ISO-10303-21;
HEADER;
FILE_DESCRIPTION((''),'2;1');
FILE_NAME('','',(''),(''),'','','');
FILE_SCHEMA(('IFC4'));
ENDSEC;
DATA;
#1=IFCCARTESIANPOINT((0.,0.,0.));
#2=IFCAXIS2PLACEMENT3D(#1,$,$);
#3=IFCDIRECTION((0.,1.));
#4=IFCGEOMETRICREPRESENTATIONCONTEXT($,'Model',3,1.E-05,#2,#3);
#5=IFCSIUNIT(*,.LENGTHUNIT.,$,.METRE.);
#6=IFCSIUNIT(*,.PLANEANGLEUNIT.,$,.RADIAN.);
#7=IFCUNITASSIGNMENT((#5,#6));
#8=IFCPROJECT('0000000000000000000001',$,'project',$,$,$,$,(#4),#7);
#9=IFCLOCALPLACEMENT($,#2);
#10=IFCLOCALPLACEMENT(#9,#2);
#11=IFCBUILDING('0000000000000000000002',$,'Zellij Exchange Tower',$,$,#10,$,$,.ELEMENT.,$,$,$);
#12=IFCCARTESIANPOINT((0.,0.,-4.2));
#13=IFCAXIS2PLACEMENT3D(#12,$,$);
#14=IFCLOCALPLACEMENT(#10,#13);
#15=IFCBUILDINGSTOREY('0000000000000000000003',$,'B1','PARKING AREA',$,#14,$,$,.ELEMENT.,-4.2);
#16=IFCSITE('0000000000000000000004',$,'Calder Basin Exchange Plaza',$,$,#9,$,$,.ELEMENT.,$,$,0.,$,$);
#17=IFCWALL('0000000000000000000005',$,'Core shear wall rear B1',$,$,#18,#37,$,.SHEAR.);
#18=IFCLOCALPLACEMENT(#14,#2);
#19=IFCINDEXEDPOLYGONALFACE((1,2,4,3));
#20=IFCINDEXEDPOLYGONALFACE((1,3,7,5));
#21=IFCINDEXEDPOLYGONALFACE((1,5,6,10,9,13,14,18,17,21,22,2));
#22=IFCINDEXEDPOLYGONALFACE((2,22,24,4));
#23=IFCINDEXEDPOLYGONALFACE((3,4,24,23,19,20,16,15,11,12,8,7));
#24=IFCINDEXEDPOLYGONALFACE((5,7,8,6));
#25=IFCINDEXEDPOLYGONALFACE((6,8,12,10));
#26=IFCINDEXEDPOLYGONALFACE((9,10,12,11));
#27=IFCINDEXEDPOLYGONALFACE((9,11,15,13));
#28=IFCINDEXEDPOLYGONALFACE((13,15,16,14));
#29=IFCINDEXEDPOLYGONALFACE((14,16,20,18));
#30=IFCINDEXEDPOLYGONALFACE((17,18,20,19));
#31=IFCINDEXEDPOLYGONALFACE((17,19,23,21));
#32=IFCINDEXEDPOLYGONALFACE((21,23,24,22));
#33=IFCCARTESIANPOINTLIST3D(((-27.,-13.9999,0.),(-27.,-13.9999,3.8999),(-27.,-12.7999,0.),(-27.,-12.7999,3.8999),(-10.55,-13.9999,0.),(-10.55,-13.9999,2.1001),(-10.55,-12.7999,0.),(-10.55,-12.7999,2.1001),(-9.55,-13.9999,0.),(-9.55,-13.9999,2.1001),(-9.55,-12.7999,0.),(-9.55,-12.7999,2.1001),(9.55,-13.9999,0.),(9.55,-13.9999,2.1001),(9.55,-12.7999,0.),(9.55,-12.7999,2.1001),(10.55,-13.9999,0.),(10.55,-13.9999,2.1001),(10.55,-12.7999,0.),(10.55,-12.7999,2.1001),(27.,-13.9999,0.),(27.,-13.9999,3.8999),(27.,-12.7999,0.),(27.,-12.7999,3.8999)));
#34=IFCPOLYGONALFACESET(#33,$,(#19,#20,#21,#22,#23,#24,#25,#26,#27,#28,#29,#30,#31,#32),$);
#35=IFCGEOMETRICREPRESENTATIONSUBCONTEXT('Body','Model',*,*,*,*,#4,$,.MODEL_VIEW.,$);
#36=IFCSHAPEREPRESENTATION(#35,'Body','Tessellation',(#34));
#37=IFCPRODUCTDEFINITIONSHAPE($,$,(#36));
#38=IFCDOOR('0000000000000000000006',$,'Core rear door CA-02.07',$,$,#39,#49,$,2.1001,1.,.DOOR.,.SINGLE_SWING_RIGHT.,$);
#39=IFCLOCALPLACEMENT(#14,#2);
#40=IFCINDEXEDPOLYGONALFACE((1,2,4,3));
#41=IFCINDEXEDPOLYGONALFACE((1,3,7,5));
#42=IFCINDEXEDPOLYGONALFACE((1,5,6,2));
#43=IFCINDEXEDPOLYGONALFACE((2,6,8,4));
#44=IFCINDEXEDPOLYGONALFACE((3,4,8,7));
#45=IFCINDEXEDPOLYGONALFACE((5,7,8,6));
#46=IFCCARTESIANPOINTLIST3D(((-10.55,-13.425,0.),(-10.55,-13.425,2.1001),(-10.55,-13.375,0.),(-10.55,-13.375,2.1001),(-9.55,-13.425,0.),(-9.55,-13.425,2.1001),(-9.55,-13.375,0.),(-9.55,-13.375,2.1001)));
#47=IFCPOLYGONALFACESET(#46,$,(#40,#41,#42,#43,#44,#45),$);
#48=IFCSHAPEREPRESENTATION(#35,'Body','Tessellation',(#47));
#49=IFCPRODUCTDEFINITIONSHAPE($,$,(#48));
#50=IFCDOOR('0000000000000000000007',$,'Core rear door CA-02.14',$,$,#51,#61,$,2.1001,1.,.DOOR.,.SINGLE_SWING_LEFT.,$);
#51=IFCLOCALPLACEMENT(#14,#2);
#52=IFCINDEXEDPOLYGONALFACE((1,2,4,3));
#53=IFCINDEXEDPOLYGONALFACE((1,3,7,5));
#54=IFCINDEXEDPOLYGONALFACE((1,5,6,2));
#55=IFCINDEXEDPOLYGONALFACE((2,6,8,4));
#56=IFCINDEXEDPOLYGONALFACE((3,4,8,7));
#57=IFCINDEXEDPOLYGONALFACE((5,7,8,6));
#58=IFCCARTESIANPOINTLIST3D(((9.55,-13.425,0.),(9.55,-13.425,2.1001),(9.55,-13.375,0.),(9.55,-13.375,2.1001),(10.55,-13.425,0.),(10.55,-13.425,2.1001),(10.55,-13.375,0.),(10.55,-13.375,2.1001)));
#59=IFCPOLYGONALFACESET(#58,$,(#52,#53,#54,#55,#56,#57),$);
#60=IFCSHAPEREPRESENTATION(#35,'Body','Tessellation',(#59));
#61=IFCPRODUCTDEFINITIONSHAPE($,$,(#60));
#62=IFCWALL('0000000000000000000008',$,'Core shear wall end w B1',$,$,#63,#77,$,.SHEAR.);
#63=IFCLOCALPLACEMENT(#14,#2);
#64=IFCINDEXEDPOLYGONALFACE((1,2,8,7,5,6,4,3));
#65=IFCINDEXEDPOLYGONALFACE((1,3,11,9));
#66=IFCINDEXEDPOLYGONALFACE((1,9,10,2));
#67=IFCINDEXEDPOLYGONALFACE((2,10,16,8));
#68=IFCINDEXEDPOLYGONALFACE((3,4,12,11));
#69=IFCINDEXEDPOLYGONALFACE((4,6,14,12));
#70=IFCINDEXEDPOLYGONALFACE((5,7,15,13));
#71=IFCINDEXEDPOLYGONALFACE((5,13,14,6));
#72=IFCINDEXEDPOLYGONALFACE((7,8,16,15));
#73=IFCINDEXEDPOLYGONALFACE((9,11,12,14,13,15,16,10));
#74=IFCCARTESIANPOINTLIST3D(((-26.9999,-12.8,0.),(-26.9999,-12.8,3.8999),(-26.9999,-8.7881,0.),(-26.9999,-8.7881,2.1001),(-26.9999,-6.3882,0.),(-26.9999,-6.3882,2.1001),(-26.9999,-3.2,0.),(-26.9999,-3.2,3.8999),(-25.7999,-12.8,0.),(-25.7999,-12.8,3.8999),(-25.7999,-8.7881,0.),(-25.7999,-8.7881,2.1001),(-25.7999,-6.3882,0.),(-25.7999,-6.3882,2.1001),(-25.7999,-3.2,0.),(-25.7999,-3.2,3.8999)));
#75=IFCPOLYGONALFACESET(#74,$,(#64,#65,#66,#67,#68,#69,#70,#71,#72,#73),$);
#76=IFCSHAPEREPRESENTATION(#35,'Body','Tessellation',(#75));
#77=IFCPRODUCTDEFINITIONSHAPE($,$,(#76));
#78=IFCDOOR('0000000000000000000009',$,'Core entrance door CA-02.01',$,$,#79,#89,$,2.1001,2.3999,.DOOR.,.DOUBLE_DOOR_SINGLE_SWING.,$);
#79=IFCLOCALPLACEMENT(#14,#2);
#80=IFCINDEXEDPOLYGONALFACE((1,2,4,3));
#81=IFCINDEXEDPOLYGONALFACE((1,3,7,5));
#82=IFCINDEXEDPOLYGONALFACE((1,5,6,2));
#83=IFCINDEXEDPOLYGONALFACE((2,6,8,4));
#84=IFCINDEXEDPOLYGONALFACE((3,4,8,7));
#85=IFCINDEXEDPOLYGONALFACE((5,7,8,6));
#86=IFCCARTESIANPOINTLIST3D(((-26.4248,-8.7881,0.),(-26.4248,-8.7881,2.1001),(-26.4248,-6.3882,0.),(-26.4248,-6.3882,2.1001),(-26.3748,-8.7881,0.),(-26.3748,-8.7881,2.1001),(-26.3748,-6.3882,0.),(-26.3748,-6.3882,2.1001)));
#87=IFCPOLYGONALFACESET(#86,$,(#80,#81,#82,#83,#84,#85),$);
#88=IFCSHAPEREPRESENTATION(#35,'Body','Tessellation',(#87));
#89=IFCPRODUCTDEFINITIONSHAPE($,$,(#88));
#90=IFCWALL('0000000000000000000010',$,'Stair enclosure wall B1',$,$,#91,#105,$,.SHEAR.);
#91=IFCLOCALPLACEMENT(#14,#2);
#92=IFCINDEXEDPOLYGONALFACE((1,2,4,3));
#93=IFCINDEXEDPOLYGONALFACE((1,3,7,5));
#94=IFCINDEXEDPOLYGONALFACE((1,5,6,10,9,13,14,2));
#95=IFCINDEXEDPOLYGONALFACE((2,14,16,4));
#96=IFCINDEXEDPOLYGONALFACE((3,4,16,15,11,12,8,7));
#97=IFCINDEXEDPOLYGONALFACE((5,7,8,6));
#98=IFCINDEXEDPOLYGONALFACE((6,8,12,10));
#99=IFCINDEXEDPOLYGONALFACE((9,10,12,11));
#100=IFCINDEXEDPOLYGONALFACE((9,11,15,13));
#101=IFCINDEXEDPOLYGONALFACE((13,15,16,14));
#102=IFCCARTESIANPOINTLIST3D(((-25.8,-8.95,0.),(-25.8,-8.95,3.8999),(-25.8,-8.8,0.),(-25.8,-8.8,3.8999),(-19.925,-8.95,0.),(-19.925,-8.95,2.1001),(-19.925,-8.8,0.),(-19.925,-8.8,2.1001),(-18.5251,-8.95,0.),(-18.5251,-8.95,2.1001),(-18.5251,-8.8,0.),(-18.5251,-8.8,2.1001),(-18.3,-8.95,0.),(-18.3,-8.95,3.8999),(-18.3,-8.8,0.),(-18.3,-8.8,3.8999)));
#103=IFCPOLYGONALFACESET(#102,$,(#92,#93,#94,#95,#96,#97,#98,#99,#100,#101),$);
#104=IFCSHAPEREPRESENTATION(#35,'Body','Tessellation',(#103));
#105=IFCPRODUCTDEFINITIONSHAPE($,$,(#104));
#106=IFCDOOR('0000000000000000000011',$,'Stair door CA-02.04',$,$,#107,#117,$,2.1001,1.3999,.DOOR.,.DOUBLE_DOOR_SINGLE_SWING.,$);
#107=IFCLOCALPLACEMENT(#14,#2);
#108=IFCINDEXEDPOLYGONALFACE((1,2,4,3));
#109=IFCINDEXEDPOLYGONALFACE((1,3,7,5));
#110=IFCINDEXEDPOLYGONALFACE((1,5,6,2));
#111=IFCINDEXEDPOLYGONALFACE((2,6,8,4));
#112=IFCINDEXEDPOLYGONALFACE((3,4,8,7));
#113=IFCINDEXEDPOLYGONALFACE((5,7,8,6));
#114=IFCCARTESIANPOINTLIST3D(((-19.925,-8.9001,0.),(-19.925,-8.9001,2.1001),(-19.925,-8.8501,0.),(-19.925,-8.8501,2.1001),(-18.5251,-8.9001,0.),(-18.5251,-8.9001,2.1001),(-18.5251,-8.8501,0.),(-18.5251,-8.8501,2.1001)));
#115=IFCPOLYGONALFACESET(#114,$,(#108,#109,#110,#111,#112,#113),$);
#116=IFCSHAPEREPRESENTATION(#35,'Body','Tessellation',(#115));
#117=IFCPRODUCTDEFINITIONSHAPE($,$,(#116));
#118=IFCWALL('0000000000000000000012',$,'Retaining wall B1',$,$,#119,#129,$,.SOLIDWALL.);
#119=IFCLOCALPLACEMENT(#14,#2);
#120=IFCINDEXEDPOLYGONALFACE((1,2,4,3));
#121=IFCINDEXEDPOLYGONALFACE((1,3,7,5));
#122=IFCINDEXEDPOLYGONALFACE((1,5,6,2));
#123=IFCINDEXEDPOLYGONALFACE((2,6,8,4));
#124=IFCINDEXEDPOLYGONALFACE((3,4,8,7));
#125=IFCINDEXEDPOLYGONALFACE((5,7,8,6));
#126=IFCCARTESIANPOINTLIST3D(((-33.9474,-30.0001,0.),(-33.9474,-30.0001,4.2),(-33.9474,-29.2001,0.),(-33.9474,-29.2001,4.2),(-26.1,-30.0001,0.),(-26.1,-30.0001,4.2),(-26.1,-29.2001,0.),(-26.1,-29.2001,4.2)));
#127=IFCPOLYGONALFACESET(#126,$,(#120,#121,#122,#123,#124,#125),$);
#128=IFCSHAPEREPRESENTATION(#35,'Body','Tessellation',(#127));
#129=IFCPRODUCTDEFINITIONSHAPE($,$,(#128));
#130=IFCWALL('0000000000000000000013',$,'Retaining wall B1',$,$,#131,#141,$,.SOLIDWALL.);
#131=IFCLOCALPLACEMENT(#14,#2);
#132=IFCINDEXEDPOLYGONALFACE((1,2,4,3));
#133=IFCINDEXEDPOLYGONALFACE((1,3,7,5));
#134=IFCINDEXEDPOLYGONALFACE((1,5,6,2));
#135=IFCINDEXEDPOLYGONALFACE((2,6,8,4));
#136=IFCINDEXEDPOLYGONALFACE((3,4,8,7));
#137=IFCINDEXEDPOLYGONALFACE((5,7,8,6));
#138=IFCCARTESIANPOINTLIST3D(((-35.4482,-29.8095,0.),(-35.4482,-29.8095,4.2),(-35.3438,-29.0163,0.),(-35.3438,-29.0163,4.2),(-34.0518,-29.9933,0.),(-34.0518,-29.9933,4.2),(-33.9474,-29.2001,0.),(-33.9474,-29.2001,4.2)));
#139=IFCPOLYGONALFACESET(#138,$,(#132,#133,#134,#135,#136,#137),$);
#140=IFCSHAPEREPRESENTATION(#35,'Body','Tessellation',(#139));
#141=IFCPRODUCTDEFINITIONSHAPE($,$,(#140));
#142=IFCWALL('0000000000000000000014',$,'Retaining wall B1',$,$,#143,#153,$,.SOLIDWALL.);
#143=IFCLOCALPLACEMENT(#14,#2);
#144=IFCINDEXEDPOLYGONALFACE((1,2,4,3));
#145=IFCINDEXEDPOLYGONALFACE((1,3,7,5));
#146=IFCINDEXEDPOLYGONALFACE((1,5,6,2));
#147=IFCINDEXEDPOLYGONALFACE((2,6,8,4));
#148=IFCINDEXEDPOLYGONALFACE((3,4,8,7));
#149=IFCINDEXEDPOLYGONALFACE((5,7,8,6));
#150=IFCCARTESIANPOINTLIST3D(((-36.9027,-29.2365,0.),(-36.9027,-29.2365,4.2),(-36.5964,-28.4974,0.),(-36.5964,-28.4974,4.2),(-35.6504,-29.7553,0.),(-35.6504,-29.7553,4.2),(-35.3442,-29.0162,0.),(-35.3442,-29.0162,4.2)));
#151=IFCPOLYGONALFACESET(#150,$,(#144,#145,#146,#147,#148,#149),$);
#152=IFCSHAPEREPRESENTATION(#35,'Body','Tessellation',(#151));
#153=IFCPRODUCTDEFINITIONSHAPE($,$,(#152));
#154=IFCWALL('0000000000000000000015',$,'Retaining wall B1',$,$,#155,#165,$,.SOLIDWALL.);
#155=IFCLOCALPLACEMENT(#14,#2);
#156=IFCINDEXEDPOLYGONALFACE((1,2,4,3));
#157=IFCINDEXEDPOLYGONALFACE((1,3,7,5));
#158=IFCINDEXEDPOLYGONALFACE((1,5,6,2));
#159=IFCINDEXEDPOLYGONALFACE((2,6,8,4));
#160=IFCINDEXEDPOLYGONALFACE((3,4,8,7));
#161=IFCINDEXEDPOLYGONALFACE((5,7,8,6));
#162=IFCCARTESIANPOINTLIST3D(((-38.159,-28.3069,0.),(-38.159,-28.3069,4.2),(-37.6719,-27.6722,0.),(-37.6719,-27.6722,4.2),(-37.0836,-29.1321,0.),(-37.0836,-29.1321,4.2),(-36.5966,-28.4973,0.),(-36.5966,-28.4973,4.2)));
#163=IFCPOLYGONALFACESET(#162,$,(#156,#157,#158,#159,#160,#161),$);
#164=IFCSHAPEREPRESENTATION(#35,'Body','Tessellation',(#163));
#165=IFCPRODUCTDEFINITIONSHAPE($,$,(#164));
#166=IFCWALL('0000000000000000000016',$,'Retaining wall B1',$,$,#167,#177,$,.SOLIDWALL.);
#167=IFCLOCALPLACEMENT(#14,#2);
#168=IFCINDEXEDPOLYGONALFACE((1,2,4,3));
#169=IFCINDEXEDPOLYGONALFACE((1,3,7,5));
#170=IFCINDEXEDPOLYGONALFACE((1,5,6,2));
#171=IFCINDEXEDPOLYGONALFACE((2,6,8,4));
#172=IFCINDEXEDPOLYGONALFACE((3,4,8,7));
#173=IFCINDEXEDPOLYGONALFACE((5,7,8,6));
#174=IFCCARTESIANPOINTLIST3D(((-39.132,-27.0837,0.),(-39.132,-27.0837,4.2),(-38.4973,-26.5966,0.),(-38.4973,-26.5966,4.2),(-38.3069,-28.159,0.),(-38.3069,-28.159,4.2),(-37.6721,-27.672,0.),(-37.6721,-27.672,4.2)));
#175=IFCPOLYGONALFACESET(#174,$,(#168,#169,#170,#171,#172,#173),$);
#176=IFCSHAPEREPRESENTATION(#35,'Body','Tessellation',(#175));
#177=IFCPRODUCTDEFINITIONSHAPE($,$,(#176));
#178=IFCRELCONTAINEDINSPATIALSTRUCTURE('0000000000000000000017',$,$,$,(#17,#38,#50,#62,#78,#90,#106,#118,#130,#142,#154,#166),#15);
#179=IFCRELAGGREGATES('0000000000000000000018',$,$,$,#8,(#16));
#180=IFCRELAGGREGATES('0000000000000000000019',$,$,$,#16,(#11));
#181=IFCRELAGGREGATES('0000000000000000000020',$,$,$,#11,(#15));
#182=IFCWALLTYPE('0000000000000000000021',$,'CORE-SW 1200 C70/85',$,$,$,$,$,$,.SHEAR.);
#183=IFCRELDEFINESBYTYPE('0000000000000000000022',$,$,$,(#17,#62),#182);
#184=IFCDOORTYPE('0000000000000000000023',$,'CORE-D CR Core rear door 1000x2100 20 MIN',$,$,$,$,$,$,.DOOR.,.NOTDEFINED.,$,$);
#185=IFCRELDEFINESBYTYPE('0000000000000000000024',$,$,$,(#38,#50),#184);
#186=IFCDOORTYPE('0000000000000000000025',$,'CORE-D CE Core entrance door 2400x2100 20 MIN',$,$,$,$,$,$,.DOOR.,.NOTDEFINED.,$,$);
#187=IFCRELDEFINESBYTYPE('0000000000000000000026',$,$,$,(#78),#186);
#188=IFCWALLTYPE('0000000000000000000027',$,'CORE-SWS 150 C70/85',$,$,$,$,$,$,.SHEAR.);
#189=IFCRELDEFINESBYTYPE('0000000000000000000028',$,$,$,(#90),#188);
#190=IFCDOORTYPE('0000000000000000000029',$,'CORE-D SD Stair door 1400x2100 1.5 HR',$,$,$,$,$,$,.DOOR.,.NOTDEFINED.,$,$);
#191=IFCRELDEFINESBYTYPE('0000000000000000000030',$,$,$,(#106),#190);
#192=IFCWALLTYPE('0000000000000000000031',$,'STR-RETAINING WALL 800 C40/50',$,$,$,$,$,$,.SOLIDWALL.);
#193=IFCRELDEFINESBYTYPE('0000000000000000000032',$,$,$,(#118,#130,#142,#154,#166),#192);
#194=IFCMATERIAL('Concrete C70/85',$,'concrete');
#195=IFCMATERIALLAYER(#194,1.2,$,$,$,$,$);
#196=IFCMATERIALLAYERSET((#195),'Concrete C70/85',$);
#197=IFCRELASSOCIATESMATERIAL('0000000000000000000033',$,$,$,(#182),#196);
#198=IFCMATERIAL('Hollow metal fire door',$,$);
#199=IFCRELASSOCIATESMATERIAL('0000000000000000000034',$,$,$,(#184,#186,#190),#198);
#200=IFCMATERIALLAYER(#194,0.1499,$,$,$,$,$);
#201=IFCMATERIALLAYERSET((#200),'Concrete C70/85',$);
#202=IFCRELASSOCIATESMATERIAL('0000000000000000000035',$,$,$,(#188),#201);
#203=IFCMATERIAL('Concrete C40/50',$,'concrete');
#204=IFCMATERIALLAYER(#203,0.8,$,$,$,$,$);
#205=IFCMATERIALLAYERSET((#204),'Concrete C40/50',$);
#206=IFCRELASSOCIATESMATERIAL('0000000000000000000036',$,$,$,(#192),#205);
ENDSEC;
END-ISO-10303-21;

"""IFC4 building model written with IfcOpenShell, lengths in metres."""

from ifc_helpers import new_model, si_unit, direction, frame, frame_2d, origin, place, context, subcontext, project, spatial, rectangle, extrude, material, layer, layer_set, type_object, element, fill, save


model = new_model("IFC4")

# Units and contexts
model_context = context("Model", 3, precision=1e-05, world=origin(), true_north=direction((0.0, 1.0)))
body_context = subcontext(model_context, "Body", "Model", "MODEL_VIEW")
ifc_project = project(units=[si_unit("LENGTHUNIT", "METRE"), si_unit("PLANEANGLEUNIT", "RADIAN")], contexts=[model_context])

# Site, building, storey
site_placement = place(None, origin())
site = spatial("IfcSite", under=ifc_project, at=site_placement, Name="Calder Basin Exchange Plaza", CompositionType="ELEMENT", RefElevation=0.0)
building_placement = place(site_placement, origin())
building = spatial("IfcBuilding", under=site, at=building_placement, Name="Zellij Exchange Tower", CompositionType="ELEMENT")
storey_placement = place(building_placement, frame((0.0, 0.0, -4.2)))
storey = spatial("IfcBuildingStorey", under=building, at=storey_placement, Name="B1", Description="PARKING AREA", CompositionType="ELEMENT", Elevation=-4.2)

# Shared definitions
ifc_material_1 = material(Name="Concrete C40/50", Category="concrete")

# Shared definitions
ifc_material_2 = material(Name="Concrete C70/85", Category="concrete")

# Wall, openings, doors
ifc_layer_1 = layer(ifc_material_2, 1.2)
ifc_layer_set_1 = layer_set([ifc_layer_1], Name="Concrete C70/85")
wall_type_1 = type_object("IfcWallType", Name="CORE-SW 1200 C70/85", PredefinedType="SHEAR", material=ifc_layer_set_1)
wall_1_placement = place(storey_placement, frame((-27.0, -13.3999, 0.0), z_axis=(0.0, 0.0, 1.0), x_axis=(1.0, 0.0, 0.0)))
wall_1 = element("IfcWall", 1, at=wall_1_placement, inside=storey, type_object=wall_type_1, Name="Core shear wall rear B1", PredefinedType="SHEAR", context=body_context, shape_type="SweptSolid", body=[
    extrude(rectangle(XDim=54.0, YDim=1.2, at=frame_2d((27.0, 0.0))), origin(), (0.0, 0.0, 1.0), 3.8999),
])
opening_1_placement = place(wall_1_placement, frame((16.45, 0.0, 0.0)))
opening_1 = element("IfcOpeningElement", 2, at=opening_1_placement, cuts=wall_1, PredefinedType="OPENING", context=body_context, shape_type="SweptSolid", body=[
    extrude(rectangle(XDim=1.0, YDim=2.1001, at=frame_2d((0.5, 1.05))), frame((0.0, 0.6118, 0.0), z_axis=(0.0, -1.0, 0.0), x_axis=(1.0, 0.0, 0.0)), (0.0, 0.0, 1.0), 1.2239),
])
opening_2_placement = place(wall_1_placement, frame((36.55, 0.0, 0.0)))
opening_2 = element("IfcOpeningElement", 3, at=opening_2_placement, cuts=wall_1, PredefinedType="OPENING", context=body_context, shape_type="SweptSolid", body=[
    extrude(rectangle(XDim=1.0, YDim=2.1001, at=frame_2d((0.5, 1.05))), frame((0.0, 0.6118, 0.0), z_axis=(0.0, -1.0, 0.0), x_axis=(1.0, 0.0, 0.0)), (0.0, 0.0, 1.0), 1.2239),
])
ifc_material_3 = material(Name="Hollow metal fire door")
door_type_1 = type_object("IfcDoorType", Name="CORE-D CR Core rear door 1000x2100 20 MIN", OperationType="NOTDEFINED", PredefinedType="DOOR", material=ifc_material_3)
door_1_placement = place(opening_1_placement, origin())
door_1 = element("IfcDoor", 4, at=door_1_placement, inside=storey, type_object=door_type_1, Name="Core rear door CA-02.07", OperationType="SINGLE_SWING_RIGHT", OverallHeight=2.1001, OverallWidth=1.0, PredefinedType="DOOR", context=body_context, shape_type="SweptSolid", body=[
    extrude(rectangle(XDim=1.0, YDim=2.1001, at=frame_2d((0.5, 1.05))), frame((0.0, 0.0249, 0.0), z_axis=(0.0, -1.0, 0.0), x_axis=(1.0, 0.0, 0.0)), (0.0, 0.0, 1.0), 0.05),
])
fill(opening_1, door_1)
door_2_placement = place(opening_2_placement, origin())
door_2 = element("IfcDoor", 5, at=door_2_placement, inside=storey, type_object=door_type_1, Name="Core rear door CA-02.14", OperationType="SINGLE_SWING_LEFT", OverallHeight=2.1001, OverallWidth=1.0, PredefinedType="DOOR", context=body_context, shape_type="SweptSolid", body=[
    extrude(rectangle(XDim=1.0, YDim=2.1001, at=frame_2d((0.5, 1.05))), frame((0.0, 0.0249, 0.0), z_axis=(0.0, -1.0, 0.0), x_axis=(1.0, 0.0, 0.0)), (0.0, 0.0, 1.0), 0.05),
])
fill(opening_2, door_2)

# Walls, openings, doors
wall_2_placement = place(storey_placement, frame((-26.3999, -12.8, 0.0), z_axis=(0.0, 0.0, 1.0), x_axis=(0.0, 1.0, 0.0)))
wall_2 = element("IfcWall", 6, at=wall_2_placement, inside=storey, type_object=wall_type_1, Name="Core shear wall end w B1", PredefinedType="SHEAR", context=body_context, shape_type="SweptSolid", body=[
    extrude(rectangle(XDim=9.6001, YDim=1.2, at=frame_2d((4.8, 0.0))), origin(), (0.0, 0.0, 1.0), 3.8999),
])
opening_3_placement = place(wall_2_placement, frame((4.012, 0.0, 0.0)))
opening_3 = element("IfcOpeningElement", 7, at=opening_3_placement, cuts=wall_2, PredefinedType="OPENING", context=body_context, shape_type="SweptSolid", body=[
    extrude(rectangle(XDim=2.3999, YDim=2.1001, at=frame_2d((1.2, 1.05))), frame((0.0, 0.6118, 0.0), z_axis=(0.0, -1.0, 0.0), x_axis=(1.0, 0.0, 0.0)), (0.0, 0.0, 1.0), 1.2239),
])
door_type_2 = type_object("IfcDoorType", Name="CORE-D CE Core entrance door 2400x2100 20 MIN", OperationType="NOTDEFINED", PredefinedType="DOOR", material=ifc_material_3)
door_3_placement = place(opening_3_placement, origin())
door_3 = element("IfcDoor", 8, at=door_3_placement, inside=storey, type_object=door_type_2, Name="Core entrance door CA-02.01", OperationType="DOUBLE_DOOR_SINGLE_SWING", OverallHeight=2.1001, OverallWidth=2.3999, PredefinedType="DOOR", context=body_context, shape_type="SweptSolid", body=[
    extrude(rectangle(XDim=2.3999, YDim=2.1001, at=frame_2d((1.2, 1.05))), frame((0.0, 0.0249, 0.0), z_axis=(0.0, -1.0, 0.0), x_axis=(1.0, 0.0, 0.0)), (0.0, 0.0, 1.0), 0.05),
])
fill(opening_3, door_3)
ifc_layer_2 = layer(ifc_material_2, 0.1499)
ifc_layer_set_2 = layer_set([ifc_layer_2], Name="Concrete C70/85")
wall_type_2 = type_object("IfcWallType", Name="CORE-SWS 150 C70/85", PredefinedType="SHEAR", material=ifc_layer_set_2)
wall_3_placement = place(storey_placement, frame((-25.8, -8.875, 0.0), z_axis=(0.0, 0.0, 1.0), x_axis=(1.0, 0.0, 0.0)))
wall_3 = element("IfcWall", 9, at=wall_3_placement, inside=storey, type_object=wall_type_2, Name="Stair enclosure wall B1", PredefinedType="SHEAR", context=body_context, shape_type="SweptSolid", body=[
    extrude(rectangle(XDim=7.5, YDim=0.1499, at=frame_2d((3.75, 0.0))), origin(), (0.0, 0.0, 1.0), 3.8999),
])
opening_4_placement = place(wall_3_placement, frame((5.875, 0.0, 0.0)))
opening_4 = element("IfcOpeningElement", 10, at=opening_4_placement, cuts=wall_3, PredefinedType="OPENING", context=body_context, shape_type="SweptSolid", body=[
    extrude(rectangle(XDim=1.3999, YDim=2.1001, at=frame_2d((0.7, 1.05))), frame((0.0, 0.0869, 0.0), z_axis=(0.0, -1.0, 0.0), x_axis=(1.0, 0.0, 0.0)), (0.0, 0.0, 1.0), 0.1738),
])
door_type_3 = type_object("IfcDoorType", Name="CORE-D SD Stair door 1400x2100 1.5 HR", OperationType="NOTDEFINED", PredefinedType="DOOR", material=ifc_material_3)
door_4_placement = place(opening_4_placement, origin())
door_4 = element("IfcDoor", 11, at=door_4_placement, inside=storey, type_object=door_type_3, Name="Stair door CA-02.04", OperationType="DOUBLE_DOOR_SINGLE_SWING", OverallHeight=2.1001, OverallWidth=1.3999, PredefinedType="DOOR", context=body_context, shape_type="SweptSolid", body=[
    extrude(rectangle(XDim=1.3999, YDim=2.1001, at=frame_2d((0.7, 1.05))), frame((0.0, 0.0249, 0.0), z_axis=(0.0, -1.0, 0.0), x_axis=(1.0, 0.0, 0.0)), (0.0, 0.0, 1.0), 0.05),
])
fill(opening_4, door_4)

# Walls
ifc_layer_3 = layer(ifc_material_1, 0.8)
ifc_layer_set_3 = layer_set([ifc_layer_3], Name="Concrete C40/50")
wall_type_3 = type_object("IfcWallType", Name="STR-RETAINING WALL 800 C40/50", PredefinedType="SOLIDWALL", material=ifc_layer_set_3)
wall_4_placement = place(storey_placement, frame((-33.9475, -29.6001, 0.0), z_axis=(0.0, 0.0, 1.0), x_axis=(1.0, 0.0, 0.0)))
element("IfcWall", 12, at=wall_4_placement, inside=storey, type_object=wall_type_3, Name="Retaining wall B1", PredefinedType="SOLIDWALL", context=body_context, shape_type="SweptSolid", body=[
    extrude(rectangle(XDim=7.8474, YDim=0.8, at=frame_2d((3.9238, 0.0))), origin(), (0.0, 0.0, 1.0), 4.2),
])
wall_5_placement = place(storey_placement, frame((-33.9998, -29.5967, 0.0), z_axis=(0.0, 0.0, 1.0), x_axis=(-0.991446, 0.130517, 0.0)))
element("IfcWall", 13, at=wall_5_placement, inside=storey, type_object=wall_type_3, Name="Retaining wall B1", PredefinedType="SOLIDWALL", context=body_context, shape_type="SweptSolid", body=[
    extrude(rectangle(XDim=1.4084, YDim=0.8, at=frame_2d((0.7041, 0.0))), origin(), (0.0, 0.0, 1.0), 4.2),
])
for number, where, z_axis, x_axis, name in (
    (14, (-35.4973, -29.3857, 0.0), (0.0, 0.0, 1.0), (-0.923848, 0.38276, 0.0), "Retaining wall B1"),
    (15, (-36.8401, -28.8147, 0.0), (0.0, 0.0, 1.0), (-0.79336, 0.608753, 0.0), "Retaining wall B1"),
    (16, (-37.9895, -27.9155, 0.0), (0.0, 0.0, 1.0), (-0.608753, 0.79336, 0.0), "Retaining wall B1"),
):
    element("IfcWall", number, at=place(storey_placement, frame(where, z_axis=z_axis, x_axis=x_axis)), inside=storey, type_object=wall_type_3, Name=name, PredefinedType="SOLIDWALL", context=body_context, shape_type="SweptSolid", body=[
        extrude(rectangle(XDim=1.3555, YDim=0.8, at=frame_2d((0.6777, 0.0))), origin(), (0.0, 0.0, 1.0), 4.2),
    ])

save(model, "model.ifc")
